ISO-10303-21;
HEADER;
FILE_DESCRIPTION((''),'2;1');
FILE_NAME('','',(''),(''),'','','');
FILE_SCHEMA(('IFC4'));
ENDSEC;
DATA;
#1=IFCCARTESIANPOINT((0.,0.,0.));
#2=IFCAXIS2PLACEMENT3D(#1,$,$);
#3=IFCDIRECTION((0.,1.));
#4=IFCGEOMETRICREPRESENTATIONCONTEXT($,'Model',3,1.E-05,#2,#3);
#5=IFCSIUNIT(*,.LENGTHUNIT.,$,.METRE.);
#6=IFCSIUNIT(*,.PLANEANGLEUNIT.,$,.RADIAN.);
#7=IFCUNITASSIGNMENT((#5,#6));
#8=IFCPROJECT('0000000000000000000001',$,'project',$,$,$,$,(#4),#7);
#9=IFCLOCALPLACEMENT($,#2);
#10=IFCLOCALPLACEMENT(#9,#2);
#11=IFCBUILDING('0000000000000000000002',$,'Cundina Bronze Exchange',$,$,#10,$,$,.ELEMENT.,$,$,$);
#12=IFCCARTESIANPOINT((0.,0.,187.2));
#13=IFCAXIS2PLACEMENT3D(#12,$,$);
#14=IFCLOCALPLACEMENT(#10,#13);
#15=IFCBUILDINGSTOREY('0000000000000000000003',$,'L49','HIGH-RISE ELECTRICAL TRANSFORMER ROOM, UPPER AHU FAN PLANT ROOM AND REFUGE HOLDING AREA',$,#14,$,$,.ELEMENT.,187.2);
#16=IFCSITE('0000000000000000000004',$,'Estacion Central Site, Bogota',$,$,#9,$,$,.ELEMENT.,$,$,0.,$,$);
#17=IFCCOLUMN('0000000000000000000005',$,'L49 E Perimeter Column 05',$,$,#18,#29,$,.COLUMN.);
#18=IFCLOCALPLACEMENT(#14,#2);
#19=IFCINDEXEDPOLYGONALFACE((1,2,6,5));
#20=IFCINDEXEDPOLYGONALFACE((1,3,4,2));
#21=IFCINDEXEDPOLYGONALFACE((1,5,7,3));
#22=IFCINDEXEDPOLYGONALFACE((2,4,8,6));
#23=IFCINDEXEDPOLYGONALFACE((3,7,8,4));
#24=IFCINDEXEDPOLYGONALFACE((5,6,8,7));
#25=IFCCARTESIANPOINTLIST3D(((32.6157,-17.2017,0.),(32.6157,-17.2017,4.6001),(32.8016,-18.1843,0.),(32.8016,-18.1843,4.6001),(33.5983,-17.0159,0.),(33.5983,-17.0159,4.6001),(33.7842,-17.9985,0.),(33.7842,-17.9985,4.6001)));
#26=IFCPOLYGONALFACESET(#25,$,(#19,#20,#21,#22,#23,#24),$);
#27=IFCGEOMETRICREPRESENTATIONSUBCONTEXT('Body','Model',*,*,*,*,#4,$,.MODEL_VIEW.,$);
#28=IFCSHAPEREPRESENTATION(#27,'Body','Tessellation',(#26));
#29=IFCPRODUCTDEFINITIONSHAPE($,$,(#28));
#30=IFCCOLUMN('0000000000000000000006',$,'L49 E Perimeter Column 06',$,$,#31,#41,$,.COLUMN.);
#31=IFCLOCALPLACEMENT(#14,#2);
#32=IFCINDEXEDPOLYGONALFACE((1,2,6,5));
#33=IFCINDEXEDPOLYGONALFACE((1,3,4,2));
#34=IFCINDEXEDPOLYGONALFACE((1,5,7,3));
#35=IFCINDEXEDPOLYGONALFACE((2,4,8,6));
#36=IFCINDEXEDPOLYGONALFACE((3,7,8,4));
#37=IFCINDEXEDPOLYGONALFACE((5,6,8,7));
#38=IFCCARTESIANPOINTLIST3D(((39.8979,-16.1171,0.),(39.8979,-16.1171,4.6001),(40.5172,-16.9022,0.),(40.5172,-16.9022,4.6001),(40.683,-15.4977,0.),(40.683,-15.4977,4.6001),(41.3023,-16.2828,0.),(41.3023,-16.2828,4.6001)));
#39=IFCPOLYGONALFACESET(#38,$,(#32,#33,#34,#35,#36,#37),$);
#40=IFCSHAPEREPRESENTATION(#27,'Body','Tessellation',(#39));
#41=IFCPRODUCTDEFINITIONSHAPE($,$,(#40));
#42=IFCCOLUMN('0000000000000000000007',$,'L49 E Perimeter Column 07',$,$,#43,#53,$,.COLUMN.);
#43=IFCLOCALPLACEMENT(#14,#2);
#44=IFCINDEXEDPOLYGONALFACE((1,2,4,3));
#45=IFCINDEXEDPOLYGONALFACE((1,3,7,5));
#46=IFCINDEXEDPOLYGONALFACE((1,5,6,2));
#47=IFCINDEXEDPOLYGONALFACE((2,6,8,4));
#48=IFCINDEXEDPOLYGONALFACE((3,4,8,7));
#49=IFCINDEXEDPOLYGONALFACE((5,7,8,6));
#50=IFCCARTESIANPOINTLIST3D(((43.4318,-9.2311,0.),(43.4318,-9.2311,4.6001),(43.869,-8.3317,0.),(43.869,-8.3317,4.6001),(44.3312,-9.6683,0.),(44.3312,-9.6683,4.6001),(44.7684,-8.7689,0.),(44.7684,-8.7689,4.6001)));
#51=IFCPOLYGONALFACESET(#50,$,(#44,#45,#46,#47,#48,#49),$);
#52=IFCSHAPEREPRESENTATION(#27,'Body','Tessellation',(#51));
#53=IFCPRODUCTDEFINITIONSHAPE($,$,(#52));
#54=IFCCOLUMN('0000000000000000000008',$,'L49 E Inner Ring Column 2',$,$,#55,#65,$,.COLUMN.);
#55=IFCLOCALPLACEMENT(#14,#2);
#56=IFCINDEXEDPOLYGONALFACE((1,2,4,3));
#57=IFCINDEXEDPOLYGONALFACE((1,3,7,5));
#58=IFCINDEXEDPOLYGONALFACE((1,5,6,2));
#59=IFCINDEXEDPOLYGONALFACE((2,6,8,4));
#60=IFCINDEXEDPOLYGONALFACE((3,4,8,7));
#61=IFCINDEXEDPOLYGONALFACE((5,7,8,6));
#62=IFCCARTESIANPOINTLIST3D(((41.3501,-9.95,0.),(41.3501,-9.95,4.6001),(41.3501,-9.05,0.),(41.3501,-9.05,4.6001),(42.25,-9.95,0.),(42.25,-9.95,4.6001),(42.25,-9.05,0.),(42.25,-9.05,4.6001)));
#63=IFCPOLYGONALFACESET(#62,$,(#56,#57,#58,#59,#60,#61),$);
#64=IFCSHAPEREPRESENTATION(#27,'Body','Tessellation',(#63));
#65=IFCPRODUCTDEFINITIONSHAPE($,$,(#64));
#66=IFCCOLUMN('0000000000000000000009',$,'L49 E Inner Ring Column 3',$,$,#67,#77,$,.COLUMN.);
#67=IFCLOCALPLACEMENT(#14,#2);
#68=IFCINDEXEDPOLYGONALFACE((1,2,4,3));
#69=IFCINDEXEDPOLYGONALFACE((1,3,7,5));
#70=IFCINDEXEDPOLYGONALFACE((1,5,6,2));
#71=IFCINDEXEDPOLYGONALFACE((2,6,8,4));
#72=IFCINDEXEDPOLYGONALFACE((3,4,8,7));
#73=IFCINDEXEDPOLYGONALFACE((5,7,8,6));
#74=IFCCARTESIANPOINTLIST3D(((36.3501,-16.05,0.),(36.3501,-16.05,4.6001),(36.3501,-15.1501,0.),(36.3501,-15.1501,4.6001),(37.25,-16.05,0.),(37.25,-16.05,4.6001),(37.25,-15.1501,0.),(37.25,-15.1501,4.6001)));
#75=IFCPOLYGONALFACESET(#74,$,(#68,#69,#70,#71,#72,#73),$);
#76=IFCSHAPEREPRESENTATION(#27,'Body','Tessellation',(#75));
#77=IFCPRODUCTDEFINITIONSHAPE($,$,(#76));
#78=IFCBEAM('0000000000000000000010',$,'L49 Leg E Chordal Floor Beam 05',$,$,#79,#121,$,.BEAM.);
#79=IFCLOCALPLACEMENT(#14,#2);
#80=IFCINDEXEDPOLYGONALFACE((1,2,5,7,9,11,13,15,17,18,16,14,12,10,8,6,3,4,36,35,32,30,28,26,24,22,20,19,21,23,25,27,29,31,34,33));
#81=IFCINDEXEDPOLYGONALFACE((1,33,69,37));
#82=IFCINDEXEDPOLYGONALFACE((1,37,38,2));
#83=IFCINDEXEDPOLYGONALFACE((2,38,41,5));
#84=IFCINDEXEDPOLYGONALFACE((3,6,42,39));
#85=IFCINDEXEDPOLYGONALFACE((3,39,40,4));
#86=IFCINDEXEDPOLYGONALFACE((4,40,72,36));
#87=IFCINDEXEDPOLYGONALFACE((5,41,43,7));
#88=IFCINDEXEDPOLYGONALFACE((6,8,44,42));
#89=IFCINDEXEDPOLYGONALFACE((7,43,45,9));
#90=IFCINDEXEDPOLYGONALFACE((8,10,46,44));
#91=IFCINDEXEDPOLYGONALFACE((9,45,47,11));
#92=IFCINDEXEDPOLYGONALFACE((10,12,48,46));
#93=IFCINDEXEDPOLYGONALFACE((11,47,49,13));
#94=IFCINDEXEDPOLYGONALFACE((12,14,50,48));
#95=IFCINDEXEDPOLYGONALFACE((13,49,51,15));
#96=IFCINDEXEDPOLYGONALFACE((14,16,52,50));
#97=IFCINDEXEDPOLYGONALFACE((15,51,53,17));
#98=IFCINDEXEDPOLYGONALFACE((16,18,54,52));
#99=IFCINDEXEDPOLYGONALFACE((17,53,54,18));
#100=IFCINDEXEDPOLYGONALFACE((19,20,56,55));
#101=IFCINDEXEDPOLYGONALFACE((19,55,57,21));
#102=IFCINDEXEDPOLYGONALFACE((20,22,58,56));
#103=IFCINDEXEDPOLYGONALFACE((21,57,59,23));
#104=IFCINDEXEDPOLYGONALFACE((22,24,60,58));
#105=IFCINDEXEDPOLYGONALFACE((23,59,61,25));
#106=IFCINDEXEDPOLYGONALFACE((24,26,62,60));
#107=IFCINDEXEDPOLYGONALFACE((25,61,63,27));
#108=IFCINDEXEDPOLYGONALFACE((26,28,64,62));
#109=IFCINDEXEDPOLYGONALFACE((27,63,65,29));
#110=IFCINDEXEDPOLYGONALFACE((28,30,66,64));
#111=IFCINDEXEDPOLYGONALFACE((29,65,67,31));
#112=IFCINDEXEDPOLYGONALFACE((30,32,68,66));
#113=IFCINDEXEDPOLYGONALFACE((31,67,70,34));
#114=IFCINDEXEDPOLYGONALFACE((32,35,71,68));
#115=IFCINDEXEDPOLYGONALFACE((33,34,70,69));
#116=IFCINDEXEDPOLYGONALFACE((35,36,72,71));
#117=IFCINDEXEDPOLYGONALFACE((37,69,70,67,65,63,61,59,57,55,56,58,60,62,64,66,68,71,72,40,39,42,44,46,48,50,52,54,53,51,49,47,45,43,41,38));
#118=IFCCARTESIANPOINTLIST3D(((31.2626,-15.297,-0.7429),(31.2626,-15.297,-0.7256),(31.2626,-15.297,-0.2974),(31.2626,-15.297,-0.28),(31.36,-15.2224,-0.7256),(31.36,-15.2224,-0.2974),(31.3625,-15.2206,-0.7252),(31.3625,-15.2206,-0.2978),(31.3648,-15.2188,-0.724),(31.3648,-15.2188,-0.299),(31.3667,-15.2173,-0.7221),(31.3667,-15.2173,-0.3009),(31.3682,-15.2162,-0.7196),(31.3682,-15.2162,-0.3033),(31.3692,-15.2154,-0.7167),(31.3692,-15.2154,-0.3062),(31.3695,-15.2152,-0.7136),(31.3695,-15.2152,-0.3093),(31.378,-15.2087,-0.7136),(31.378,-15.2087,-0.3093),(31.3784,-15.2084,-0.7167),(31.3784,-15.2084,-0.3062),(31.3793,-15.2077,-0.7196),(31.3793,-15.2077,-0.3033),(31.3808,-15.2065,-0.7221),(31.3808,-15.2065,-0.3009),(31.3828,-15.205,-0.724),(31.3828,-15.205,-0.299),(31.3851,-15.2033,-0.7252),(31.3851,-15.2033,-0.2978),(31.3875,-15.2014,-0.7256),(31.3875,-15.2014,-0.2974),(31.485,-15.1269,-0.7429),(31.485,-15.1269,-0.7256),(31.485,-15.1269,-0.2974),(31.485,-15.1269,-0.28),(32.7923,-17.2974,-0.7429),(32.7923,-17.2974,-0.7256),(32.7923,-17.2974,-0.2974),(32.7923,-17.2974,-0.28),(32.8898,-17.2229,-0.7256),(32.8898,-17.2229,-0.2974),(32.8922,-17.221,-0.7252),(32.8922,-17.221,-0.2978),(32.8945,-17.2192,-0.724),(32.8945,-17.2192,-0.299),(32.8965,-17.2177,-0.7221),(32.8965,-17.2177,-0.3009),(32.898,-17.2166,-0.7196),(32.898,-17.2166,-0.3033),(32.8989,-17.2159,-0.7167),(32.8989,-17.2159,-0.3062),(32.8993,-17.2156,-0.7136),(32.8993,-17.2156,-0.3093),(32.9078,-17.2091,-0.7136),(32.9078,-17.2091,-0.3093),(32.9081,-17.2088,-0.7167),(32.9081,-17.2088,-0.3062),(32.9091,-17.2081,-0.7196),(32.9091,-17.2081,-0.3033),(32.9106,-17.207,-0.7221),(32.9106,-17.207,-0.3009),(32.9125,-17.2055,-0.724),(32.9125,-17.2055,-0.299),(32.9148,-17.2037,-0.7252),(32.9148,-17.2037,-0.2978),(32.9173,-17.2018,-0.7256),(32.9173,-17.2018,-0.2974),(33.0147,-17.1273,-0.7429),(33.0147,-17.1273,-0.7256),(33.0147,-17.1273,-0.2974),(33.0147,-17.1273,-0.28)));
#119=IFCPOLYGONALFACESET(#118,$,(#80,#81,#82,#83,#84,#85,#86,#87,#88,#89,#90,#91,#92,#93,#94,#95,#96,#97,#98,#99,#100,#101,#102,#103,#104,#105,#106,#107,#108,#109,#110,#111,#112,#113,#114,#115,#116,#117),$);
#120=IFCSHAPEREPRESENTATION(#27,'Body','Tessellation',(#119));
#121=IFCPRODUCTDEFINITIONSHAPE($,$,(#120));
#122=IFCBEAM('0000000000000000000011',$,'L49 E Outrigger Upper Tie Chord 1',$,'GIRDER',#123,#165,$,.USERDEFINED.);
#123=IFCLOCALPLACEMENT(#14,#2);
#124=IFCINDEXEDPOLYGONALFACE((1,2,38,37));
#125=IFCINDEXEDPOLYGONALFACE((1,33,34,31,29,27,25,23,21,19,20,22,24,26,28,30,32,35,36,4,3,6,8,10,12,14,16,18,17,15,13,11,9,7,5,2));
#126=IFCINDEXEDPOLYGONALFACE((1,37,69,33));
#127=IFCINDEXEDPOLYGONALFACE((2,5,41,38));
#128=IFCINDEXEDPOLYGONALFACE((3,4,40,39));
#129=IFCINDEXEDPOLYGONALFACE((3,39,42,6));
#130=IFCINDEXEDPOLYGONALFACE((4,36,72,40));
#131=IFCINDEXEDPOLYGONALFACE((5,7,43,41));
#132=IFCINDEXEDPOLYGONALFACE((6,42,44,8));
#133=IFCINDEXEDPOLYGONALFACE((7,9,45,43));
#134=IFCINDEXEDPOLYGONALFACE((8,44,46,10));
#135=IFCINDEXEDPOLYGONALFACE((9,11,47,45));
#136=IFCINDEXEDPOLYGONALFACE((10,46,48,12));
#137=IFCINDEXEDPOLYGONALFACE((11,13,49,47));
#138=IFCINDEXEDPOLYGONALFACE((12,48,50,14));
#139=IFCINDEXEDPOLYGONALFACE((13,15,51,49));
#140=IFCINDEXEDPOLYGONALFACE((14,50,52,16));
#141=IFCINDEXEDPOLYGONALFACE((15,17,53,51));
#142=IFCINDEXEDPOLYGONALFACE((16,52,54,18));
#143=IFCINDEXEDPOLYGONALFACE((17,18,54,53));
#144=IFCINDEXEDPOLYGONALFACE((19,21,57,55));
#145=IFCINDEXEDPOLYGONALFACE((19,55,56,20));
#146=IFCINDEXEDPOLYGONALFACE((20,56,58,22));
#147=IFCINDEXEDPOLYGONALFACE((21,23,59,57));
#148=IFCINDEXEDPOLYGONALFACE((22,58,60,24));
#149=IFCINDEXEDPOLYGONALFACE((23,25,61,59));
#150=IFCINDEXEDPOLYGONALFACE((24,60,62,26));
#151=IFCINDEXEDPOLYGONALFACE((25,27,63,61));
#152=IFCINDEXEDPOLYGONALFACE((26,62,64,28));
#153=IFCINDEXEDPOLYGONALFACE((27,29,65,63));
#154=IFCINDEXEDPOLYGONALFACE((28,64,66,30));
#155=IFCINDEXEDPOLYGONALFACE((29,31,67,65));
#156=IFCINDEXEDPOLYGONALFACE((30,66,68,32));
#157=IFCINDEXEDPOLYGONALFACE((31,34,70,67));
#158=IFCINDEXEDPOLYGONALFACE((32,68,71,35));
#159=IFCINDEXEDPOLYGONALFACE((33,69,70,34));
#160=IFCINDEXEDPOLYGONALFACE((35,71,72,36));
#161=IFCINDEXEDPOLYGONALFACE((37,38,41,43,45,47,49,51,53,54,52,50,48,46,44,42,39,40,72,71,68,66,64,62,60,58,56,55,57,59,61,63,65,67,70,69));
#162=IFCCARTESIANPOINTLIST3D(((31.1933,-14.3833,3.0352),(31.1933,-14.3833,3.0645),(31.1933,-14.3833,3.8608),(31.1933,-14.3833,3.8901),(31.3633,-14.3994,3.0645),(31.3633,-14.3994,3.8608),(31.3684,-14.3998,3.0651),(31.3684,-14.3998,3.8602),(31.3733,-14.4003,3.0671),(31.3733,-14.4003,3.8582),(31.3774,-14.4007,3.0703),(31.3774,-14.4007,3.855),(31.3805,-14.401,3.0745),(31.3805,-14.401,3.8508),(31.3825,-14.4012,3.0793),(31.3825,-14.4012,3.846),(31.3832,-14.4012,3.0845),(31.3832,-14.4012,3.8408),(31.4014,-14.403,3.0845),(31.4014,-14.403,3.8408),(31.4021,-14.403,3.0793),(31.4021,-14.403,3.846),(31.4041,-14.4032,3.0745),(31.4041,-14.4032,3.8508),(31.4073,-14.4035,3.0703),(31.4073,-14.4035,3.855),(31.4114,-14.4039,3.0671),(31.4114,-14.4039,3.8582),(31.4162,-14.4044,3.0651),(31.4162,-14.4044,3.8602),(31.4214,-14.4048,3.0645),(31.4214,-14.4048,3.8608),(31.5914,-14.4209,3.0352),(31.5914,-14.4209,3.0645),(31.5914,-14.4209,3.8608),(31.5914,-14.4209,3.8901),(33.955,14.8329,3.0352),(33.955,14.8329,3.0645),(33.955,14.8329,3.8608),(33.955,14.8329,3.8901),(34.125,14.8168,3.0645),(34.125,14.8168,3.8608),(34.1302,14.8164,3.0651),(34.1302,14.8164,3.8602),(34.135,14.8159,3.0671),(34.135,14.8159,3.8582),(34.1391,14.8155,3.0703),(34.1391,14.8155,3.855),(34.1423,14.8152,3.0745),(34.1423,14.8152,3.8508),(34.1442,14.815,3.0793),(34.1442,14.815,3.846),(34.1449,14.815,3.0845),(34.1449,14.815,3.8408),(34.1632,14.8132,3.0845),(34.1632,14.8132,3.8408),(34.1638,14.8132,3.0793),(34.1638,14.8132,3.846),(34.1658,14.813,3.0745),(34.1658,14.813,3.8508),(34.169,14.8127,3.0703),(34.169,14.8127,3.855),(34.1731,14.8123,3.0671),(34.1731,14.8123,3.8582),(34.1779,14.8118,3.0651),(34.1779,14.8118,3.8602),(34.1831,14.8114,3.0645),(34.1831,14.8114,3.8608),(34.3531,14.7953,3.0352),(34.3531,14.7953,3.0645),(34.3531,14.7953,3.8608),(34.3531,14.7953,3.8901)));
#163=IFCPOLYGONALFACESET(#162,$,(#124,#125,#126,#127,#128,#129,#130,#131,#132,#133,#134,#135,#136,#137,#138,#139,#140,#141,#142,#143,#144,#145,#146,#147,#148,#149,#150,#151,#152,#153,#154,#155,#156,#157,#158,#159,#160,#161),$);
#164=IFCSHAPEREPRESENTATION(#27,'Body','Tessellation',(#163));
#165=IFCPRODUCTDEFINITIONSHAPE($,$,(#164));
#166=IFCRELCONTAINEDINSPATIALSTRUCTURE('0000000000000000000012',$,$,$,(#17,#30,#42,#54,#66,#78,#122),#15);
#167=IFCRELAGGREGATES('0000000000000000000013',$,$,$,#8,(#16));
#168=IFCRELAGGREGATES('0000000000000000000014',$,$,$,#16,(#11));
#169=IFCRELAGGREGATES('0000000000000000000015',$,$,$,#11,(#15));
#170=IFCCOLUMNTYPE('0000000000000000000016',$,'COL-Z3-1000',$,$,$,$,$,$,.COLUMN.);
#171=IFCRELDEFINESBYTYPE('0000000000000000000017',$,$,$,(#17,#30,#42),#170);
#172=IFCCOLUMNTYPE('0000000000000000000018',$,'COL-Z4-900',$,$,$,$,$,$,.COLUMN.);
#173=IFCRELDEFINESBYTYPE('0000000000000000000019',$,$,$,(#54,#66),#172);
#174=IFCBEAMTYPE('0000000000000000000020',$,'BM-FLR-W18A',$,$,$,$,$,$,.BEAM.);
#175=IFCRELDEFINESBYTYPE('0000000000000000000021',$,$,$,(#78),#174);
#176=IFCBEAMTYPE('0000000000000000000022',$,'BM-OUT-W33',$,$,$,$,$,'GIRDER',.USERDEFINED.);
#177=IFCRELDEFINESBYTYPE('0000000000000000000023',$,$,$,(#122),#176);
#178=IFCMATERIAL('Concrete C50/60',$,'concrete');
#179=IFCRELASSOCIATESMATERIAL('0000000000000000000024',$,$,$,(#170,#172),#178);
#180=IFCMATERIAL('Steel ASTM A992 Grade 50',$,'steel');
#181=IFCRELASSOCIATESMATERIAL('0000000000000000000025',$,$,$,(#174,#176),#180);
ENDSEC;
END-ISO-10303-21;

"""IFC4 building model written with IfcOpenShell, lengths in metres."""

from ifc_helpers import new_model, si_unit, direction, frame, origin, origin_2d, place, context, subcontext, project, spatial, rectangle, i_section, extrude, material, material_profile, profile_set, type_object, element, save


model = new_model("IFC4")

# Units and contexts
model_context = context("Model", 3, precision=1e-05, world=origin(), true_north=direction((0.0, 1.0)))
body_context = subcontext(model_context, "Body", "Model", "MODEL_VIEW")
ifc_project = project(units=[si_unit("LENGTHUNIT", "METRE"), si_unit("PLANEANGLEUNIT", "RADIAN")], contexts=[model_context])

# Site, building, storey
site_placement = place(None, origin())
site = spatial("IfcSite", under=ifc_project, at=site_placement, Name="Estacion Central Site, Bogota", CompositionType="ELEMENT", RefElevation=0.0)
building_placement = place(site_placement, origin())
building = spatial("IfcBuilding", under=site, at=building_placement, Name="Cundina Bronze Exchange", CompositionType="ELEMENT")
storey_placement = place(building_placement, frame((0.0, 0.0, 187.2)))
storey = spatial("IfcBuildingStorey", under=building, at=storey_placement, Name="L49", Description="HIGH-RISE ELECTRICAL TRANSFORMER ROOM, UPPER AHU FAN PLANT ROOM AND REFUGE HOLDING AREA", CompositionType="ELEMENT", Elevation=187.2)

# Columns
ifc_material_1 = material(Name="Concrete C50/60", Category="concrete")
ifc_material_profile_1 = material_profile(ifc_material_1, rectangle(XDim=1.0, YDim=1.0, at=origin_2d()), Name="RC1000X1000", Category="concrete")
ifc_profile_set_1 = profile_set([ifc_material_profile_1], Name="Concrete C50/60")
column_type_1 = type_object("IfcColumnType", Name="COL-Z3-1000", PredefinedType="COLUMN", material=ifc_profile_set_1)
for number, where, z_axis, x_axis, name in (
    (1, (33.2, -17.6001, 0.0), (0.0, 0.0, 1.0), (0.98258, 0.185838, 0.0), "L49 E Perimeter Column 05"),
    (2, (40.6001, -16.2, 0.0), (0.0, 0.0, 1.0), (0.785101, 0.619368, 0.0), "L49 E Perimeter Column 06"),
    (3, (44.1001, -9.0, 0.0), (0.0, 0.0, 1.0), (0.437116, 0.899405, 0.0), "L49 E Perimeter Column 07"),
):
    element("IfcColumn", number, at=place(storey_placement, frame(where, z_axis=z_axis, x_axis=x_axis)), inside=storey, type_object=column_type_1, Name=name, PredefinedType="COLUMN", context=body_context, shape_type="SweptSolid", body=[
        extrude(rectangle(XDim=1.0, YDim=1.0, at=origin_2d()), origin(), (0.0, 0.0, 1.0), 4.6001),
    ])
ifc_material_profile_2 = material_profile(ifc_material_1, rectangle(XDim=0.8999, YDim=0.8999, at=origin_2d()), Name="RC900X900", Category="concrete")
ifc_profile_set_2 = profile_set([ifc_material_profile_2], Name="Concrete C50/60")
column_type_2 = type_object("IfcColumnType", Name="COL-Z4-900", PredefinedType="COLUMN", material=ifc_profile_set_2)
for number, where, z_axis, x_axis, name in (
    (4, (41.8, -9.5, 0.0), (0.0, 0.0, 1.0), (1.0, 0.0, 0.0), "L49 E Inner Ring Column 2"),
    (5, (36.8, -15.6001, 0.0), (0.0, 0.0, 1.0), (1.0, 0.0, 0.0), "L49 E Inner Ring Column 3"),
):
    element("IfcColumn", number, at=place(storey_placement, frame(where, z_axis=z_axis, x_axis=x_axis)), inside=storey, type_object=column_type_2, Name=name, PredefinedType="COLUMN", context=body_context, shape_type="SweptSolid", body=[
        extrude(rectangle(XDim=0.8999, YDim=0.8999, at=origin_2d()), origin(), (0.0, 0.0, 1.0), 4.6001),
    ])

# Beams
ifc_material_2 = material(Name="Steel ASTM A992 Grade 50", Category="steel")
ifc_material_profile_3 = material_profile(ifc_material_2, i_section(OverallWidth=0.28, OverallDepth=0.4629, WebThickness=0.0107, FlangeThickness=0.0173, FilletRadius=0.012, at=origin_2d()), Name="W18X76", Category="steel")
ifc_profile_set_3 = profile_set([ifc_material_profile_3], Name="Steel ASTM A992 Grade 50")
beam_type_1 = type_object("IfcBeamType", Name="BM-FLR-W18A", PredefinedType="BEAM", material=ifc_profile_set_3)
beam_1_placement = place(storey_placement, frame((31.3738, -15.2119, -0.5115), z_axis=(0.60745, -0.794358, 0.0), x_axis=(0.794358, 0.60745, 0.0)))
element("IfcBeam", 6, at=beam_1_placement, inside=storey, type_object=beam_type_1, Name="L49 Leg E Chordal Floor Beam 05", PredefinedType="BEAM", context=body_context, shape_type="SweptSolid", body=[
    extrude(i_section(OverallWidth=0.28, OverallDepth=0.4629, WebThickness=0.0107, FlangeThickness=0.0173, FilletRadius=0.012, at=origin_2d()), origin(), (0.0, 0.0, 1.0), 2.5183),
])
ifc_material_profile_4 = material_profile(ifc_material_2, i_section(OverallWidth=0.3999, OverallDepth=0.855, WebThickness=0.0183, FlangeThickness=0.0293, FilletRadius=0.02, at=origin_2d()), Name="W33X201", Category="steel")
ifc_profile_set_4 = profile_set([ifc_material_profile_4], Name="Steel ASTM A992 Grade 50")
beam_type_2 = type_object("IfcBeamType", Name="BM-OUT-W33", ElementType="GIRDER", PredefinedType="USERDEFINED", material=ifc_profile_set_4)
beam_2_placement = place(storey_placement, frame((31.3923, -14.4021, 3.4626), z_axis=(0.094107, 0.995562, 0.0), x_axis=(-0.995562, 0.094107, 0.0)))
element("IfcBeam", 7, at=beam_2_placement, inside=storey, type_object=beam_type_2, Name="L49 E Outrigger Upper Tie Chord 1", ObjectType="GIRDER", PredefinedType="USERDEFINED", context=body_context, shape_type="SweptSolid", body=[
    extrude(i_section(OverallWidth=0.3999, OverallDepth=0.855, WebThickness=0.0183, FlangeThickness=0.0293, FilletRadius=0.02, at=origin_2d()), origin(), (0.0, 0.0, 1.0), 29.3464),
])

save(model, "model.ifc")
